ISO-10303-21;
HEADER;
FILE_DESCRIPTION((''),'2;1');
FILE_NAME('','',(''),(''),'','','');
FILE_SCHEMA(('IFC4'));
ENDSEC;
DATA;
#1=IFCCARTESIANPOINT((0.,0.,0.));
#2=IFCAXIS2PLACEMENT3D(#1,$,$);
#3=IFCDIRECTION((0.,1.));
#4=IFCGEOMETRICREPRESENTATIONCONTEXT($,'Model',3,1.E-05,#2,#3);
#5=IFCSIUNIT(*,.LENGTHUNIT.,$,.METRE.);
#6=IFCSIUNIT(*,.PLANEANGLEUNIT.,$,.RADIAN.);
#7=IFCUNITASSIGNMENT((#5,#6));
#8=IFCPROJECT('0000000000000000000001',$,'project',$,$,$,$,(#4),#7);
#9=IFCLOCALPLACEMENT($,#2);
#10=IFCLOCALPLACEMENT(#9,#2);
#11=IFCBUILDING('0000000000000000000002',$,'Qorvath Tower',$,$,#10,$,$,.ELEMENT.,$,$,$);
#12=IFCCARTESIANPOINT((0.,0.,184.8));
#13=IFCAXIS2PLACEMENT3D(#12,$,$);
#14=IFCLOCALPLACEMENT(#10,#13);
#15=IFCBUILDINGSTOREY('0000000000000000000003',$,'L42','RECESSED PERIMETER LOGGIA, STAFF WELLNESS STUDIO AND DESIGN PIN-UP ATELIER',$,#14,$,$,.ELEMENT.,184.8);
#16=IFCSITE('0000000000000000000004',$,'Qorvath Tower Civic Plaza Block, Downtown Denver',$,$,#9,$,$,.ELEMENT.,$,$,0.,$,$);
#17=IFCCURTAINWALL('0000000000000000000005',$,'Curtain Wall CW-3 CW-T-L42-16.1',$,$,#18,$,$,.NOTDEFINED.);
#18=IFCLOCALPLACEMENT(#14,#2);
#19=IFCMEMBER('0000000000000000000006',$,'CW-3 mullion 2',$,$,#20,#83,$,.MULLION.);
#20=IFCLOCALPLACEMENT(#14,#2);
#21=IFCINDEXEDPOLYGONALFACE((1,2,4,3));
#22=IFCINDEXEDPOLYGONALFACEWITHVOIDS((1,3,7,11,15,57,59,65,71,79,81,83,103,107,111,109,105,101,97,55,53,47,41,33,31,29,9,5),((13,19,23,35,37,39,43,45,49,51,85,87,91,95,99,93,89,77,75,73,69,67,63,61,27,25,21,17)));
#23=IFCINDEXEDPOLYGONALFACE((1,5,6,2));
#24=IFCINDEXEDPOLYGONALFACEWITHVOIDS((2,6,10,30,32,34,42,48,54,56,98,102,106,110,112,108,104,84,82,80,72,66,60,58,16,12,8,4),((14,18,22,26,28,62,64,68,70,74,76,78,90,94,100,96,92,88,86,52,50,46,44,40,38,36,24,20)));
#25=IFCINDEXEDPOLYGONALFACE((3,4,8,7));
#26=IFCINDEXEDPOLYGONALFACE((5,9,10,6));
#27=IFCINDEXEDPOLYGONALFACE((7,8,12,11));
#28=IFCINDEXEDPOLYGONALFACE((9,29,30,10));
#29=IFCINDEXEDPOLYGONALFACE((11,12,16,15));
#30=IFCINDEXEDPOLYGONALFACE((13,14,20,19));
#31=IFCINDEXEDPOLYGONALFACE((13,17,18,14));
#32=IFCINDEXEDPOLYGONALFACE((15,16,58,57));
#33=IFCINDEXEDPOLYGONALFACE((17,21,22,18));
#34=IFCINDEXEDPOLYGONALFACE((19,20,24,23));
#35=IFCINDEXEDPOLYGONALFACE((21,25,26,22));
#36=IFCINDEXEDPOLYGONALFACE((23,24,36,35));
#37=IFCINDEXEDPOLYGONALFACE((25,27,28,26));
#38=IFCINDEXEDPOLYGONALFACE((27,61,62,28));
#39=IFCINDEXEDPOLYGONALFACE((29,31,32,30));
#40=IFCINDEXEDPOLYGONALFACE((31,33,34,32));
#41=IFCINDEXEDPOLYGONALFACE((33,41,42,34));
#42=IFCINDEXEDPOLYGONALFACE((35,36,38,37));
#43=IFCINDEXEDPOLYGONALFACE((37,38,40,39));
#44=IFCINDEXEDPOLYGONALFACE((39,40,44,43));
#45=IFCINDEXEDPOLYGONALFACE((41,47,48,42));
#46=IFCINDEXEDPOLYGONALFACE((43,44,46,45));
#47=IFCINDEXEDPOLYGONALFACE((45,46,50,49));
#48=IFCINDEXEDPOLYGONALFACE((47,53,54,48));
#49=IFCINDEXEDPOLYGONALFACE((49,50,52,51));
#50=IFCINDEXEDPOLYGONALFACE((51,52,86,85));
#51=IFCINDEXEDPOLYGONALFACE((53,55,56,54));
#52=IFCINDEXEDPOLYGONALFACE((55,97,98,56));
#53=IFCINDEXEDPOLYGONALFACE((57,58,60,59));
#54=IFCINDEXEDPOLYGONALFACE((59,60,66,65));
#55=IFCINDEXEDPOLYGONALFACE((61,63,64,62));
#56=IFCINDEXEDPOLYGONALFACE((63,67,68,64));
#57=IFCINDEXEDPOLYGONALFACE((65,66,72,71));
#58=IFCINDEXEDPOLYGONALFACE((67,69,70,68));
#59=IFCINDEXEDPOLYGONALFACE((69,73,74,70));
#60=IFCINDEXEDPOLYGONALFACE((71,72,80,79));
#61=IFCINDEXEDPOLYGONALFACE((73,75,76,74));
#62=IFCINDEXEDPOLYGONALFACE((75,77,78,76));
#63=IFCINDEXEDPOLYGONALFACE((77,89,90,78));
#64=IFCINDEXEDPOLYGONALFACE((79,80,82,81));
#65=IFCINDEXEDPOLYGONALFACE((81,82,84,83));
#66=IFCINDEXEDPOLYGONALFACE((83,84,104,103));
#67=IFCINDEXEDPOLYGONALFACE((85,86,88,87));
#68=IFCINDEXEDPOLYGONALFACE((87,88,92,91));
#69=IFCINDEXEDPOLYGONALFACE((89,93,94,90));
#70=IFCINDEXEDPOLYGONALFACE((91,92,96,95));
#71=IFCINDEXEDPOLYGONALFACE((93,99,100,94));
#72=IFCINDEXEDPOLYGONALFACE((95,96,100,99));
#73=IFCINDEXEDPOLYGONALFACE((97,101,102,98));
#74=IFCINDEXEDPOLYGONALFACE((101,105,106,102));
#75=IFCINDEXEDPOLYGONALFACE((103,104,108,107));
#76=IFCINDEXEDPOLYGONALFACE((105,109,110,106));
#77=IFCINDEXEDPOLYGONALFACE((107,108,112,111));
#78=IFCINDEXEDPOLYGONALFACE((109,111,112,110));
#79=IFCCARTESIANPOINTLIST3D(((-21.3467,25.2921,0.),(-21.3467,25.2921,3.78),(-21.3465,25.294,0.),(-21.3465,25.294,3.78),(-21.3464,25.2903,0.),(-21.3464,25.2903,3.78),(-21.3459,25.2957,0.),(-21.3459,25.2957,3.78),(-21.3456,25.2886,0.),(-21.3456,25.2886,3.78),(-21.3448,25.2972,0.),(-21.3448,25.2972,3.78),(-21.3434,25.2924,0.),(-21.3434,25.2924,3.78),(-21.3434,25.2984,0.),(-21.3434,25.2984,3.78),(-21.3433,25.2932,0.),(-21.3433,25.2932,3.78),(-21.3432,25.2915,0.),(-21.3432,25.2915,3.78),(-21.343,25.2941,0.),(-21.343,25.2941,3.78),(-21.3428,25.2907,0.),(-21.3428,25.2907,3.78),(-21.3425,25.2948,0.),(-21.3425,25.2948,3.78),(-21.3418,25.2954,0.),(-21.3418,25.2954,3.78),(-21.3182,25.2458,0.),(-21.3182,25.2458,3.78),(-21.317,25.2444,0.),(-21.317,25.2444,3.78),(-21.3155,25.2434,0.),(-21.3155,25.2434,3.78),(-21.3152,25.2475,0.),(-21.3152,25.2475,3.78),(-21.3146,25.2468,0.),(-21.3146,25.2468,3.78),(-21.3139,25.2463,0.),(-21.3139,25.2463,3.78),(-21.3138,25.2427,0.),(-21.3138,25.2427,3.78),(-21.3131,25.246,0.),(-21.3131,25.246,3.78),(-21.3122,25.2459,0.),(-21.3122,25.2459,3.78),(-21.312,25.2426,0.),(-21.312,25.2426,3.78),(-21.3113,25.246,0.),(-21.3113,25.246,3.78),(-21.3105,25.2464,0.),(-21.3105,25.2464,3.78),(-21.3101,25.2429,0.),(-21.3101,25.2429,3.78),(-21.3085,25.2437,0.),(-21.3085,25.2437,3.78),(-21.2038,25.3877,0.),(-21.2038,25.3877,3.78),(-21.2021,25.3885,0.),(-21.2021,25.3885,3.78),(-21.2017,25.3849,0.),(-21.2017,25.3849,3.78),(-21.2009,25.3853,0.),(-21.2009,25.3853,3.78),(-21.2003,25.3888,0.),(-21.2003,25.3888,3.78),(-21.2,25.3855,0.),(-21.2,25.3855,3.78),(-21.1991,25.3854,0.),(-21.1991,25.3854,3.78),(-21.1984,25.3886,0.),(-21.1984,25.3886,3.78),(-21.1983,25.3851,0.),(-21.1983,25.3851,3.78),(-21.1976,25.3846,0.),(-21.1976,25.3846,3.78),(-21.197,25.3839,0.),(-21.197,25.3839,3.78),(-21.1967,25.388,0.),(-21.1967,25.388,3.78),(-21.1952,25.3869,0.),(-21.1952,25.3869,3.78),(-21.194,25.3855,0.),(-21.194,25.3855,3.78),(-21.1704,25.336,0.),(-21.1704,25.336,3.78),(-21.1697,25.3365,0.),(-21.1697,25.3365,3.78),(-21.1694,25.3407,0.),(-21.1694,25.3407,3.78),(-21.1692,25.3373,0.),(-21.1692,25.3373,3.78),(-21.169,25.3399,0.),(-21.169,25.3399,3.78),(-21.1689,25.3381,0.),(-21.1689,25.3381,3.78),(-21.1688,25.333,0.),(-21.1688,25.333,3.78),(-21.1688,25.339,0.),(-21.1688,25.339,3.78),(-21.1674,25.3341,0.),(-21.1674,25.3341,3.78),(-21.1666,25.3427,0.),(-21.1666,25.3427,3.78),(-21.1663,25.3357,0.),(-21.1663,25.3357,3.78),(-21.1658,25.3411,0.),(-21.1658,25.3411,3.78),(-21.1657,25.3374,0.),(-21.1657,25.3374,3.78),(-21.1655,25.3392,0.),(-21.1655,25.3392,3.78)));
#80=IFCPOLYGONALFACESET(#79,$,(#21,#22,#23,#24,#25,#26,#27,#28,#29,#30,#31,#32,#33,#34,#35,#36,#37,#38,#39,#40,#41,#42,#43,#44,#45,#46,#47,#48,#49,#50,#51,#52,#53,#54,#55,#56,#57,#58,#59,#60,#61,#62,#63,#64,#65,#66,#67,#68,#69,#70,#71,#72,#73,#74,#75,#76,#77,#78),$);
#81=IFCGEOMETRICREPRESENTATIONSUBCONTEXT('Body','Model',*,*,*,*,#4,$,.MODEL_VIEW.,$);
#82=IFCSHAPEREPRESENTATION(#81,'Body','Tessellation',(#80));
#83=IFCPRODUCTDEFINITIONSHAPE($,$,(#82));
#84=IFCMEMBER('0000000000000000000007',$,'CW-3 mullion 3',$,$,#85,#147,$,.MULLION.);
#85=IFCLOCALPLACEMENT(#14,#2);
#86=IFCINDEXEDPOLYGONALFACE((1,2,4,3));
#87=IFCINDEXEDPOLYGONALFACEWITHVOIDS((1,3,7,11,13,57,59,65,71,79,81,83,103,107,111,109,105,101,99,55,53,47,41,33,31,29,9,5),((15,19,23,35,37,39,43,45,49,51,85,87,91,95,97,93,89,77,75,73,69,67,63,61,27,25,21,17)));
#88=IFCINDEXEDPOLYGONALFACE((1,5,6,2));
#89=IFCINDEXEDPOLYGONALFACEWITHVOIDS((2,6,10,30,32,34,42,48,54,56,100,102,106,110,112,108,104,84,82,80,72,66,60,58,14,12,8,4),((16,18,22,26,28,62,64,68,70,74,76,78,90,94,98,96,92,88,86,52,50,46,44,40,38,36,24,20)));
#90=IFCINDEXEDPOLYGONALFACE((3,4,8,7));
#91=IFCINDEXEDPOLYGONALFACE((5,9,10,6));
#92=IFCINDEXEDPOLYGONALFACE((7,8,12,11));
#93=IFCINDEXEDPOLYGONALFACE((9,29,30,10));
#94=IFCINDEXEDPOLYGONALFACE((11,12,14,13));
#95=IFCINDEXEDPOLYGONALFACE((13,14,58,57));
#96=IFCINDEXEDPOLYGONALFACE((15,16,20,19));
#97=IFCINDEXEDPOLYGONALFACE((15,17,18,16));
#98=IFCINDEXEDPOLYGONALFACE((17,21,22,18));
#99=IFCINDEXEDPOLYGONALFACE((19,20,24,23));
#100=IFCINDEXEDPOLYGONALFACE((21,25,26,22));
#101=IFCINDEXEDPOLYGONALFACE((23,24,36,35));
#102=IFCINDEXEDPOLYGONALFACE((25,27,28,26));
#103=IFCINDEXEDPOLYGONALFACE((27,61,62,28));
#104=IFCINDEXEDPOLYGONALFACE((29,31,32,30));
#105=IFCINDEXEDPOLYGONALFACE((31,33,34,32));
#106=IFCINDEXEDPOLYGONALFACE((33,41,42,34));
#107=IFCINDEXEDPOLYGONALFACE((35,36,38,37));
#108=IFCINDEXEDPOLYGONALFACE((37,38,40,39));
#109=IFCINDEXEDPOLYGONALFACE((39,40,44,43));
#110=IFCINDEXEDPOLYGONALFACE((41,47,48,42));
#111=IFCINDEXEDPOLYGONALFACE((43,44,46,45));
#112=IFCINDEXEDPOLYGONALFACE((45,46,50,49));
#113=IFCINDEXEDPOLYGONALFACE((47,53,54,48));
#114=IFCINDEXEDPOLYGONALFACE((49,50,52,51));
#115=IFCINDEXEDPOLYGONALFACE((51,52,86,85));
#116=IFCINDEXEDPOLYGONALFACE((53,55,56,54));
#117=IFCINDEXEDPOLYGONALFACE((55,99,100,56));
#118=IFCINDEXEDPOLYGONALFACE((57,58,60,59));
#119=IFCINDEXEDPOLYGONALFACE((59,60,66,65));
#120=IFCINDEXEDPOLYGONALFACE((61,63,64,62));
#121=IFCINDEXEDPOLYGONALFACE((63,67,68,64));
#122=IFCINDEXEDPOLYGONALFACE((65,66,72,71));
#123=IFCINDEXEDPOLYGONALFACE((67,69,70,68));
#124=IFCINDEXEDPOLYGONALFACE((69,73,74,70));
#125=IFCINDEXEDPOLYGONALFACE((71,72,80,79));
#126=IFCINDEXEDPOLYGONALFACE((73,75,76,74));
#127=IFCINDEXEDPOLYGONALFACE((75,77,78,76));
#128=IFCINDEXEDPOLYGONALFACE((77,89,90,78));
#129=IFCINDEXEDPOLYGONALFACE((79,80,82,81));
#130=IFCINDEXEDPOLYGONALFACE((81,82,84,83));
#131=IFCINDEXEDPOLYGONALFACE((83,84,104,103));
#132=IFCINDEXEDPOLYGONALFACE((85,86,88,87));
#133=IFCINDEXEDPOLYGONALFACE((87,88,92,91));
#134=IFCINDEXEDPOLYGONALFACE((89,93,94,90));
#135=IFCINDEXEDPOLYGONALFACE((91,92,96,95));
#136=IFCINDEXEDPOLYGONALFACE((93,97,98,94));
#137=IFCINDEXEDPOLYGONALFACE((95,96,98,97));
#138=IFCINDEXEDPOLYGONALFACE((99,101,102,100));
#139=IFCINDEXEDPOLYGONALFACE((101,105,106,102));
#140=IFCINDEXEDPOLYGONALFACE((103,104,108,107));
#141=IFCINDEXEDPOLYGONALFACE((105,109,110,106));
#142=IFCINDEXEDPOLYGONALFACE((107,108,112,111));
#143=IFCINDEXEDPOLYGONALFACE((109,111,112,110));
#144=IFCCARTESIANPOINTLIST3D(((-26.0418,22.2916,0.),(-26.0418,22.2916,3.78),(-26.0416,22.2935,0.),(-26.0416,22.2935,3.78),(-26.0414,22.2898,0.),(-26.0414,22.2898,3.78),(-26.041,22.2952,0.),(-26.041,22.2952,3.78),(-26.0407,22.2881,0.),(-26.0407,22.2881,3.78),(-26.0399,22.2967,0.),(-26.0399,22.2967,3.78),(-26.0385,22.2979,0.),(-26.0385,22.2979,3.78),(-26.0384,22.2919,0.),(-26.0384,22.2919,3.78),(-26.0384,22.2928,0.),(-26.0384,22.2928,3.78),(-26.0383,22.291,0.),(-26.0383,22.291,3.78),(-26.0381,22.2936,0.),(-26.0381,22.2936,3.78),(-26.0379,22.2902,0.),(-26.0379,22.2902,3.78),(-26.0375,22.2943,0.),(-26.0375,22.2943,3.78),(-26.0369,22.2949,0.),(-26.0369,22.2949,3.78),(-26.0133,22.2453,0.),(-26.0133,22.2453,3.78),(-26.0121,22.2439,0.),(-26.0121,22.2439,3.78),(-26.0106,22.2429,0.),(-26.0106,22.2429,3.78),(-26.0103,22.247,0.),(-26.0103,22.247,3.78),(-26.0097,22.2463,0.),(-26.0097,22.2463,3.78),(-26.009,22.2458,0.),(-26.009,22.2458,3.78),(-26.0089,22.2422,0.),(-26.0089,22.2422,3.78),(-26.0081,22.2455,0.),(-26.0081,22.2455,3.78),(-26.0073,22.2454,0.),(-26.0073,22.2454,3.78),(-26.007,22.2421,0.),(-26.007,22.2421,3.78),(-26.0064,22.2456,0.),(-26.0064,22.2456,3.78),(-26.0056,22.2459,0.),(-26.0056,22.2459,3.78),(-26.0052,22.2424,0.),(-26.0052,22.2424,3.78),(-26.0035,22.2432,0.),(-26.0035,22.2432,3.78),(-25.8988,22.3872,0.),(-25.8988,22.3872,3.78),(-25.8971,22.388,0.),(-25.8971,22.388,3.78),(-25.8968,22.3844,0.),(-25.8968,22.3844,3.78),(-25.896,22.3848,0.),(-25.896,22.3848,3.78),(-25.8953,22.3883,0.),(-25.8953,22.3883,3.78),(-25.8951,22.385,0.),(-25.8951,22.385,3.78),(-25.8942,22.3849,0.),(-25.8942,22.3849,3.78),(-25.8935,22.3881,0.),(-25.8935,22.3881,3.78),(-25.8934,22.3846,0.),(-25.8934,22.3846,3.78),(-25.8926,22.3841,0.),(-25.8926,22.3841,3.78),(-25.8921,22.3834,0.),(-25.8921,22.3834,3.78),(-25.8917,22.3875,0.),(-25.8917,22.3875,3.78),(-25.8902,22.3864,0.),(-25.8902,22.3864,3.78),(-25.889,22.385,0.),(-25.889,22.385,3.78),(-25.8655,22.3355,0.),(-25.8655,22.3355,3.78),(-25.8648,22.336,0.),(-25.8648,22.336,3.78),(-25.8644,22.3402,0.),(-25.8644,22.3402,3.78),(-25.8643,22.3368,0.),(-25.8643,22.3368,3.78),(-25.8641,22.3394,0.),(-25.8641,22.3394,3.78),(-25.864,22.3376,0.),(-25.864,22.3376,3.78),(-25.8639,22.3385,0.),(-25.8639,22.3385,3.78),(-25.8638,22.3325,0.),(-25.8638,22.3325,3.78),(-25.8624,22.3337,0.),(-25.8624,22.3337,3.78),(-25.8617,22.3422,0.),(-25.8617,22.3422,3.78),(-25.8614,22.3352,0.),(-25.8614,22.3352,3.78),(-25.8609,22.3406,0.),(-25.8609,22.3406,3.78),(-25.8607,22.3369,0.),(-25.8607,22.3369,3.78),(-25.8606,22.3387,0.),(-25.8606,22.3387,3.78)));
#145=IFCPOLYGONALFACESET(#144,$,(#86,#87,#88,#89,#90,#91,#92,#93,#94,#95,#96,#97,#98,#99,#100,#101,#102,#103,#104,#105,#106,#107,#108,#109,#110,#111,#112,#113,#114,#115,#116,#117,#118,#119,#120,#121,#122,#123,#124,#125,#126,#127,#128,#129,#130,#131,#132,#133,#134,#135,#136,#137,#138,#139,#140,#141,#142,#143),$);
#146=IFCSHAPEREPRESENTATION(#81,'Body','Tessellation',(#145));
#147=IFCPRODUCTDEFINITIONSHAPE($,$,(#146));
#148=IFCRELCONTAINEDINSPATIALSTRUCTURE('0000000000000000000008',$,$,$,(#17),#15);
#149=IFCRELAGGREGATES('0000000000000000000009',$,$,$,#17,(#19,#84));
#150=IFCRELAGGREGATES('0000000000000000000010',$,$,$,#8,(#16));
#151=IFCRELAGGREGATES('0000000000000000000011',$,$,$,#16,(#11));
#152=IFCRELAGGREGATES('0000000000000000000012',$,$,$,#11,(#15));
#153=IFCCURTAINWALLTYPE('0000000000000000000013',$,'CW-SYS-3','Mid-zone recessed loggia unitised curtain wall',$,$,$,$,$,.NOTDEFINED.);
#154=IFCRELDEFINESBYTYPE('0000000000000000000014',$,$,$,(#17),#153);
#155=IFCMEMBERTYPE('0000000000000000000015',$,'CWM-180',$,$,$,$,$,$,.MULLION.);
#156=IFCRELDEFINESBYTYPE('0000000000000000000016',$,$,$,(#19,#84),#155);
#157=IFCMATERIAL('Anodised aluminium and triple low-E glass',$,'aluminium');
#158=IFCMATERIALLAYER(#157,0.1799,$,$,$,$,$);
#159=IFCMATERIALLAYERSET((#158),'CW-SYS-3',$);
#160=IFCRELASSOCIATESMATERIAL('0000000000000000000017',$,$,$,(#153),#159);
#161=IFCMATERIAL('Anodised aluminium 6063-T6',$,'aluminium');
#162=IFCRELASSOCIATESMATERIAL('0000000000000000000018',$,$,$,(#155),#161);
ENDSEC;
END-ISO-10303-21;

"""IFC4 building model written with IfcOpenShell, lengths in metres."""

from ifc_helpers import new_model, si_unit, direction, frame, origin, origin_2d, place, context, subcontext, project, spatial, hollow_rectangle, extrude, material, layer, layer_set, material_profile, profile_set, type_object, element, aggregate, save


model = new_model("IFC4")

# Units and contexts
model_context = context("Model", 3, precision=1e-05, world=origin(), true_north=direction((0.0, 1.0)))
body_context = subcontext(model_context, "Body", "Model", "MODEL_VIEW")
ifc_project = project(units=[si_unit("LENGTHUNIT", "METRE"), si_unit("PLANEANGLEUNIT", "RADIAN")], contexts=[model_context])

# Site, building, storey
site_placement = place(None, origin())
site = spatial("IfcSite", under=ifc_project, at=site_placement, Name="Qorvath Tower Civic Plaza Block, Downtown Denver", CompositionType="ELEMENT", RefElevation=0.0)
building_placement = place(site_placement, origin())
building = spatial("IfcBuilding", under=site, at=building_placement, Name="Qorvath Tower", CompositionType="ELEMENT")
storey_placement = place(building_placement, frame((0.0, 0.0, 184.8)))
storey = spatial("IfcBuildingStorey", under=building, at=storey_placement, Name="L42", Description="RECESSED PERIMETER LOGGIA, STAFF WELLNESS STUDIO AND DESIGN PIN-UP ATELIER", CompositionType="ELEMENT", Elevation=184.8)

# Curtain wall, members
ifc_material_1 = material(Name="Anodised aluminium and triple low-E glass", Category="aluminium")
ifc_layer_1 = layer(ifc_material_1, 0.1799)
ifc_layer_set_1 = layer_set([ifc_layer_1], Name="CW-SYS-3")
curtain_wall_type = type_object("IfcCurtainWallType", Name="CW-SYS-3", Description="Mid-zone recessed loggia unitised curtain wall", PredefinedType="NOTDEFINED", material=ifc_layer_set_1)
curtain_wall_placement = place(storey_placement, origin())
curtain_wall = element("IfcCurtainWall", 1, at=curtain_wall_placement, inside=storey, type_object=curtain_wall_type, Name="Curtain Wall CW-3 CW-T-L42-16.1", PredefinedType="NOTDEFINED")
ifc_material_2 = material(Name="Anodised aluminium 6063-T6", Category="aluminium")
ifc_material_profile_1 = material_profile(ifc_material_2, hollow_rectangle(XDim=0.0649, YDim=0.1799, WallThickness=0.0034, InnerFilletRadius=0.0034, OuterFilletRadius=0.0071, at=origin_2d()), Name="CWM 180x65")
ifc_profile_set_1 = profile_set([ifc_material_profile_1], Name="Anodised aluminium 6063-T6")
member_type_1 = type_object("IfcMemberType", Name="CWM-180", PredefinedType="MULLION", material=ifc_profile_set_1)
member_1_placement = place(storey_placement, frame((-21.2561, 25.3157, 0.0), z_axis=(0.0, 0.0, 1.0), x_axis=(0.538531, -0.842606, 0.0)))
member_1 = element("IfcMember", 2, at=member_1_placement, type_object=member_type_1, Name="CW-3 mullion 2", PredefinedType="MULLION", context=body_context, shape_type="SweptSolid", body=[
    extrude(hollow_rectangle(XDim=0.0649, YDim=0.1799, WallThickness=0.0034, InnerFilletRadius=0.0034, OuterFilletRadius=0.0071, at=origin_2d()), origin(), (0.0, 0.0, 1.0), 3.78),
])
member_2_placement = place(storey_placement, frame((-25.9512, 22.3152, 0.0), z_axis=(0.0, 0.0, 1.0), x_axis=(0.538531, -0.842606, 0.0)))
member_2 = element("IfcMember", 3, at=member_2_placement, type_object=member_type_1, Name="CW-3 mullion 3", PredefinedType="MULLION", context=body_context, shape_type="SweptSolid", body=[
    extrude(hollow_rectangle(XDim=0.0649, YDim=0.1799, WallThickness=0.0034, InnerFilletRadius=0.0034, OuterFilletRadius=0.0071, at=origin_2d()), origin(), (0.0, 0.0, 1.0), 3.78),
])
aggregate(curtain_wall, [member_1, member_2])

save(model, "model.ifc")
